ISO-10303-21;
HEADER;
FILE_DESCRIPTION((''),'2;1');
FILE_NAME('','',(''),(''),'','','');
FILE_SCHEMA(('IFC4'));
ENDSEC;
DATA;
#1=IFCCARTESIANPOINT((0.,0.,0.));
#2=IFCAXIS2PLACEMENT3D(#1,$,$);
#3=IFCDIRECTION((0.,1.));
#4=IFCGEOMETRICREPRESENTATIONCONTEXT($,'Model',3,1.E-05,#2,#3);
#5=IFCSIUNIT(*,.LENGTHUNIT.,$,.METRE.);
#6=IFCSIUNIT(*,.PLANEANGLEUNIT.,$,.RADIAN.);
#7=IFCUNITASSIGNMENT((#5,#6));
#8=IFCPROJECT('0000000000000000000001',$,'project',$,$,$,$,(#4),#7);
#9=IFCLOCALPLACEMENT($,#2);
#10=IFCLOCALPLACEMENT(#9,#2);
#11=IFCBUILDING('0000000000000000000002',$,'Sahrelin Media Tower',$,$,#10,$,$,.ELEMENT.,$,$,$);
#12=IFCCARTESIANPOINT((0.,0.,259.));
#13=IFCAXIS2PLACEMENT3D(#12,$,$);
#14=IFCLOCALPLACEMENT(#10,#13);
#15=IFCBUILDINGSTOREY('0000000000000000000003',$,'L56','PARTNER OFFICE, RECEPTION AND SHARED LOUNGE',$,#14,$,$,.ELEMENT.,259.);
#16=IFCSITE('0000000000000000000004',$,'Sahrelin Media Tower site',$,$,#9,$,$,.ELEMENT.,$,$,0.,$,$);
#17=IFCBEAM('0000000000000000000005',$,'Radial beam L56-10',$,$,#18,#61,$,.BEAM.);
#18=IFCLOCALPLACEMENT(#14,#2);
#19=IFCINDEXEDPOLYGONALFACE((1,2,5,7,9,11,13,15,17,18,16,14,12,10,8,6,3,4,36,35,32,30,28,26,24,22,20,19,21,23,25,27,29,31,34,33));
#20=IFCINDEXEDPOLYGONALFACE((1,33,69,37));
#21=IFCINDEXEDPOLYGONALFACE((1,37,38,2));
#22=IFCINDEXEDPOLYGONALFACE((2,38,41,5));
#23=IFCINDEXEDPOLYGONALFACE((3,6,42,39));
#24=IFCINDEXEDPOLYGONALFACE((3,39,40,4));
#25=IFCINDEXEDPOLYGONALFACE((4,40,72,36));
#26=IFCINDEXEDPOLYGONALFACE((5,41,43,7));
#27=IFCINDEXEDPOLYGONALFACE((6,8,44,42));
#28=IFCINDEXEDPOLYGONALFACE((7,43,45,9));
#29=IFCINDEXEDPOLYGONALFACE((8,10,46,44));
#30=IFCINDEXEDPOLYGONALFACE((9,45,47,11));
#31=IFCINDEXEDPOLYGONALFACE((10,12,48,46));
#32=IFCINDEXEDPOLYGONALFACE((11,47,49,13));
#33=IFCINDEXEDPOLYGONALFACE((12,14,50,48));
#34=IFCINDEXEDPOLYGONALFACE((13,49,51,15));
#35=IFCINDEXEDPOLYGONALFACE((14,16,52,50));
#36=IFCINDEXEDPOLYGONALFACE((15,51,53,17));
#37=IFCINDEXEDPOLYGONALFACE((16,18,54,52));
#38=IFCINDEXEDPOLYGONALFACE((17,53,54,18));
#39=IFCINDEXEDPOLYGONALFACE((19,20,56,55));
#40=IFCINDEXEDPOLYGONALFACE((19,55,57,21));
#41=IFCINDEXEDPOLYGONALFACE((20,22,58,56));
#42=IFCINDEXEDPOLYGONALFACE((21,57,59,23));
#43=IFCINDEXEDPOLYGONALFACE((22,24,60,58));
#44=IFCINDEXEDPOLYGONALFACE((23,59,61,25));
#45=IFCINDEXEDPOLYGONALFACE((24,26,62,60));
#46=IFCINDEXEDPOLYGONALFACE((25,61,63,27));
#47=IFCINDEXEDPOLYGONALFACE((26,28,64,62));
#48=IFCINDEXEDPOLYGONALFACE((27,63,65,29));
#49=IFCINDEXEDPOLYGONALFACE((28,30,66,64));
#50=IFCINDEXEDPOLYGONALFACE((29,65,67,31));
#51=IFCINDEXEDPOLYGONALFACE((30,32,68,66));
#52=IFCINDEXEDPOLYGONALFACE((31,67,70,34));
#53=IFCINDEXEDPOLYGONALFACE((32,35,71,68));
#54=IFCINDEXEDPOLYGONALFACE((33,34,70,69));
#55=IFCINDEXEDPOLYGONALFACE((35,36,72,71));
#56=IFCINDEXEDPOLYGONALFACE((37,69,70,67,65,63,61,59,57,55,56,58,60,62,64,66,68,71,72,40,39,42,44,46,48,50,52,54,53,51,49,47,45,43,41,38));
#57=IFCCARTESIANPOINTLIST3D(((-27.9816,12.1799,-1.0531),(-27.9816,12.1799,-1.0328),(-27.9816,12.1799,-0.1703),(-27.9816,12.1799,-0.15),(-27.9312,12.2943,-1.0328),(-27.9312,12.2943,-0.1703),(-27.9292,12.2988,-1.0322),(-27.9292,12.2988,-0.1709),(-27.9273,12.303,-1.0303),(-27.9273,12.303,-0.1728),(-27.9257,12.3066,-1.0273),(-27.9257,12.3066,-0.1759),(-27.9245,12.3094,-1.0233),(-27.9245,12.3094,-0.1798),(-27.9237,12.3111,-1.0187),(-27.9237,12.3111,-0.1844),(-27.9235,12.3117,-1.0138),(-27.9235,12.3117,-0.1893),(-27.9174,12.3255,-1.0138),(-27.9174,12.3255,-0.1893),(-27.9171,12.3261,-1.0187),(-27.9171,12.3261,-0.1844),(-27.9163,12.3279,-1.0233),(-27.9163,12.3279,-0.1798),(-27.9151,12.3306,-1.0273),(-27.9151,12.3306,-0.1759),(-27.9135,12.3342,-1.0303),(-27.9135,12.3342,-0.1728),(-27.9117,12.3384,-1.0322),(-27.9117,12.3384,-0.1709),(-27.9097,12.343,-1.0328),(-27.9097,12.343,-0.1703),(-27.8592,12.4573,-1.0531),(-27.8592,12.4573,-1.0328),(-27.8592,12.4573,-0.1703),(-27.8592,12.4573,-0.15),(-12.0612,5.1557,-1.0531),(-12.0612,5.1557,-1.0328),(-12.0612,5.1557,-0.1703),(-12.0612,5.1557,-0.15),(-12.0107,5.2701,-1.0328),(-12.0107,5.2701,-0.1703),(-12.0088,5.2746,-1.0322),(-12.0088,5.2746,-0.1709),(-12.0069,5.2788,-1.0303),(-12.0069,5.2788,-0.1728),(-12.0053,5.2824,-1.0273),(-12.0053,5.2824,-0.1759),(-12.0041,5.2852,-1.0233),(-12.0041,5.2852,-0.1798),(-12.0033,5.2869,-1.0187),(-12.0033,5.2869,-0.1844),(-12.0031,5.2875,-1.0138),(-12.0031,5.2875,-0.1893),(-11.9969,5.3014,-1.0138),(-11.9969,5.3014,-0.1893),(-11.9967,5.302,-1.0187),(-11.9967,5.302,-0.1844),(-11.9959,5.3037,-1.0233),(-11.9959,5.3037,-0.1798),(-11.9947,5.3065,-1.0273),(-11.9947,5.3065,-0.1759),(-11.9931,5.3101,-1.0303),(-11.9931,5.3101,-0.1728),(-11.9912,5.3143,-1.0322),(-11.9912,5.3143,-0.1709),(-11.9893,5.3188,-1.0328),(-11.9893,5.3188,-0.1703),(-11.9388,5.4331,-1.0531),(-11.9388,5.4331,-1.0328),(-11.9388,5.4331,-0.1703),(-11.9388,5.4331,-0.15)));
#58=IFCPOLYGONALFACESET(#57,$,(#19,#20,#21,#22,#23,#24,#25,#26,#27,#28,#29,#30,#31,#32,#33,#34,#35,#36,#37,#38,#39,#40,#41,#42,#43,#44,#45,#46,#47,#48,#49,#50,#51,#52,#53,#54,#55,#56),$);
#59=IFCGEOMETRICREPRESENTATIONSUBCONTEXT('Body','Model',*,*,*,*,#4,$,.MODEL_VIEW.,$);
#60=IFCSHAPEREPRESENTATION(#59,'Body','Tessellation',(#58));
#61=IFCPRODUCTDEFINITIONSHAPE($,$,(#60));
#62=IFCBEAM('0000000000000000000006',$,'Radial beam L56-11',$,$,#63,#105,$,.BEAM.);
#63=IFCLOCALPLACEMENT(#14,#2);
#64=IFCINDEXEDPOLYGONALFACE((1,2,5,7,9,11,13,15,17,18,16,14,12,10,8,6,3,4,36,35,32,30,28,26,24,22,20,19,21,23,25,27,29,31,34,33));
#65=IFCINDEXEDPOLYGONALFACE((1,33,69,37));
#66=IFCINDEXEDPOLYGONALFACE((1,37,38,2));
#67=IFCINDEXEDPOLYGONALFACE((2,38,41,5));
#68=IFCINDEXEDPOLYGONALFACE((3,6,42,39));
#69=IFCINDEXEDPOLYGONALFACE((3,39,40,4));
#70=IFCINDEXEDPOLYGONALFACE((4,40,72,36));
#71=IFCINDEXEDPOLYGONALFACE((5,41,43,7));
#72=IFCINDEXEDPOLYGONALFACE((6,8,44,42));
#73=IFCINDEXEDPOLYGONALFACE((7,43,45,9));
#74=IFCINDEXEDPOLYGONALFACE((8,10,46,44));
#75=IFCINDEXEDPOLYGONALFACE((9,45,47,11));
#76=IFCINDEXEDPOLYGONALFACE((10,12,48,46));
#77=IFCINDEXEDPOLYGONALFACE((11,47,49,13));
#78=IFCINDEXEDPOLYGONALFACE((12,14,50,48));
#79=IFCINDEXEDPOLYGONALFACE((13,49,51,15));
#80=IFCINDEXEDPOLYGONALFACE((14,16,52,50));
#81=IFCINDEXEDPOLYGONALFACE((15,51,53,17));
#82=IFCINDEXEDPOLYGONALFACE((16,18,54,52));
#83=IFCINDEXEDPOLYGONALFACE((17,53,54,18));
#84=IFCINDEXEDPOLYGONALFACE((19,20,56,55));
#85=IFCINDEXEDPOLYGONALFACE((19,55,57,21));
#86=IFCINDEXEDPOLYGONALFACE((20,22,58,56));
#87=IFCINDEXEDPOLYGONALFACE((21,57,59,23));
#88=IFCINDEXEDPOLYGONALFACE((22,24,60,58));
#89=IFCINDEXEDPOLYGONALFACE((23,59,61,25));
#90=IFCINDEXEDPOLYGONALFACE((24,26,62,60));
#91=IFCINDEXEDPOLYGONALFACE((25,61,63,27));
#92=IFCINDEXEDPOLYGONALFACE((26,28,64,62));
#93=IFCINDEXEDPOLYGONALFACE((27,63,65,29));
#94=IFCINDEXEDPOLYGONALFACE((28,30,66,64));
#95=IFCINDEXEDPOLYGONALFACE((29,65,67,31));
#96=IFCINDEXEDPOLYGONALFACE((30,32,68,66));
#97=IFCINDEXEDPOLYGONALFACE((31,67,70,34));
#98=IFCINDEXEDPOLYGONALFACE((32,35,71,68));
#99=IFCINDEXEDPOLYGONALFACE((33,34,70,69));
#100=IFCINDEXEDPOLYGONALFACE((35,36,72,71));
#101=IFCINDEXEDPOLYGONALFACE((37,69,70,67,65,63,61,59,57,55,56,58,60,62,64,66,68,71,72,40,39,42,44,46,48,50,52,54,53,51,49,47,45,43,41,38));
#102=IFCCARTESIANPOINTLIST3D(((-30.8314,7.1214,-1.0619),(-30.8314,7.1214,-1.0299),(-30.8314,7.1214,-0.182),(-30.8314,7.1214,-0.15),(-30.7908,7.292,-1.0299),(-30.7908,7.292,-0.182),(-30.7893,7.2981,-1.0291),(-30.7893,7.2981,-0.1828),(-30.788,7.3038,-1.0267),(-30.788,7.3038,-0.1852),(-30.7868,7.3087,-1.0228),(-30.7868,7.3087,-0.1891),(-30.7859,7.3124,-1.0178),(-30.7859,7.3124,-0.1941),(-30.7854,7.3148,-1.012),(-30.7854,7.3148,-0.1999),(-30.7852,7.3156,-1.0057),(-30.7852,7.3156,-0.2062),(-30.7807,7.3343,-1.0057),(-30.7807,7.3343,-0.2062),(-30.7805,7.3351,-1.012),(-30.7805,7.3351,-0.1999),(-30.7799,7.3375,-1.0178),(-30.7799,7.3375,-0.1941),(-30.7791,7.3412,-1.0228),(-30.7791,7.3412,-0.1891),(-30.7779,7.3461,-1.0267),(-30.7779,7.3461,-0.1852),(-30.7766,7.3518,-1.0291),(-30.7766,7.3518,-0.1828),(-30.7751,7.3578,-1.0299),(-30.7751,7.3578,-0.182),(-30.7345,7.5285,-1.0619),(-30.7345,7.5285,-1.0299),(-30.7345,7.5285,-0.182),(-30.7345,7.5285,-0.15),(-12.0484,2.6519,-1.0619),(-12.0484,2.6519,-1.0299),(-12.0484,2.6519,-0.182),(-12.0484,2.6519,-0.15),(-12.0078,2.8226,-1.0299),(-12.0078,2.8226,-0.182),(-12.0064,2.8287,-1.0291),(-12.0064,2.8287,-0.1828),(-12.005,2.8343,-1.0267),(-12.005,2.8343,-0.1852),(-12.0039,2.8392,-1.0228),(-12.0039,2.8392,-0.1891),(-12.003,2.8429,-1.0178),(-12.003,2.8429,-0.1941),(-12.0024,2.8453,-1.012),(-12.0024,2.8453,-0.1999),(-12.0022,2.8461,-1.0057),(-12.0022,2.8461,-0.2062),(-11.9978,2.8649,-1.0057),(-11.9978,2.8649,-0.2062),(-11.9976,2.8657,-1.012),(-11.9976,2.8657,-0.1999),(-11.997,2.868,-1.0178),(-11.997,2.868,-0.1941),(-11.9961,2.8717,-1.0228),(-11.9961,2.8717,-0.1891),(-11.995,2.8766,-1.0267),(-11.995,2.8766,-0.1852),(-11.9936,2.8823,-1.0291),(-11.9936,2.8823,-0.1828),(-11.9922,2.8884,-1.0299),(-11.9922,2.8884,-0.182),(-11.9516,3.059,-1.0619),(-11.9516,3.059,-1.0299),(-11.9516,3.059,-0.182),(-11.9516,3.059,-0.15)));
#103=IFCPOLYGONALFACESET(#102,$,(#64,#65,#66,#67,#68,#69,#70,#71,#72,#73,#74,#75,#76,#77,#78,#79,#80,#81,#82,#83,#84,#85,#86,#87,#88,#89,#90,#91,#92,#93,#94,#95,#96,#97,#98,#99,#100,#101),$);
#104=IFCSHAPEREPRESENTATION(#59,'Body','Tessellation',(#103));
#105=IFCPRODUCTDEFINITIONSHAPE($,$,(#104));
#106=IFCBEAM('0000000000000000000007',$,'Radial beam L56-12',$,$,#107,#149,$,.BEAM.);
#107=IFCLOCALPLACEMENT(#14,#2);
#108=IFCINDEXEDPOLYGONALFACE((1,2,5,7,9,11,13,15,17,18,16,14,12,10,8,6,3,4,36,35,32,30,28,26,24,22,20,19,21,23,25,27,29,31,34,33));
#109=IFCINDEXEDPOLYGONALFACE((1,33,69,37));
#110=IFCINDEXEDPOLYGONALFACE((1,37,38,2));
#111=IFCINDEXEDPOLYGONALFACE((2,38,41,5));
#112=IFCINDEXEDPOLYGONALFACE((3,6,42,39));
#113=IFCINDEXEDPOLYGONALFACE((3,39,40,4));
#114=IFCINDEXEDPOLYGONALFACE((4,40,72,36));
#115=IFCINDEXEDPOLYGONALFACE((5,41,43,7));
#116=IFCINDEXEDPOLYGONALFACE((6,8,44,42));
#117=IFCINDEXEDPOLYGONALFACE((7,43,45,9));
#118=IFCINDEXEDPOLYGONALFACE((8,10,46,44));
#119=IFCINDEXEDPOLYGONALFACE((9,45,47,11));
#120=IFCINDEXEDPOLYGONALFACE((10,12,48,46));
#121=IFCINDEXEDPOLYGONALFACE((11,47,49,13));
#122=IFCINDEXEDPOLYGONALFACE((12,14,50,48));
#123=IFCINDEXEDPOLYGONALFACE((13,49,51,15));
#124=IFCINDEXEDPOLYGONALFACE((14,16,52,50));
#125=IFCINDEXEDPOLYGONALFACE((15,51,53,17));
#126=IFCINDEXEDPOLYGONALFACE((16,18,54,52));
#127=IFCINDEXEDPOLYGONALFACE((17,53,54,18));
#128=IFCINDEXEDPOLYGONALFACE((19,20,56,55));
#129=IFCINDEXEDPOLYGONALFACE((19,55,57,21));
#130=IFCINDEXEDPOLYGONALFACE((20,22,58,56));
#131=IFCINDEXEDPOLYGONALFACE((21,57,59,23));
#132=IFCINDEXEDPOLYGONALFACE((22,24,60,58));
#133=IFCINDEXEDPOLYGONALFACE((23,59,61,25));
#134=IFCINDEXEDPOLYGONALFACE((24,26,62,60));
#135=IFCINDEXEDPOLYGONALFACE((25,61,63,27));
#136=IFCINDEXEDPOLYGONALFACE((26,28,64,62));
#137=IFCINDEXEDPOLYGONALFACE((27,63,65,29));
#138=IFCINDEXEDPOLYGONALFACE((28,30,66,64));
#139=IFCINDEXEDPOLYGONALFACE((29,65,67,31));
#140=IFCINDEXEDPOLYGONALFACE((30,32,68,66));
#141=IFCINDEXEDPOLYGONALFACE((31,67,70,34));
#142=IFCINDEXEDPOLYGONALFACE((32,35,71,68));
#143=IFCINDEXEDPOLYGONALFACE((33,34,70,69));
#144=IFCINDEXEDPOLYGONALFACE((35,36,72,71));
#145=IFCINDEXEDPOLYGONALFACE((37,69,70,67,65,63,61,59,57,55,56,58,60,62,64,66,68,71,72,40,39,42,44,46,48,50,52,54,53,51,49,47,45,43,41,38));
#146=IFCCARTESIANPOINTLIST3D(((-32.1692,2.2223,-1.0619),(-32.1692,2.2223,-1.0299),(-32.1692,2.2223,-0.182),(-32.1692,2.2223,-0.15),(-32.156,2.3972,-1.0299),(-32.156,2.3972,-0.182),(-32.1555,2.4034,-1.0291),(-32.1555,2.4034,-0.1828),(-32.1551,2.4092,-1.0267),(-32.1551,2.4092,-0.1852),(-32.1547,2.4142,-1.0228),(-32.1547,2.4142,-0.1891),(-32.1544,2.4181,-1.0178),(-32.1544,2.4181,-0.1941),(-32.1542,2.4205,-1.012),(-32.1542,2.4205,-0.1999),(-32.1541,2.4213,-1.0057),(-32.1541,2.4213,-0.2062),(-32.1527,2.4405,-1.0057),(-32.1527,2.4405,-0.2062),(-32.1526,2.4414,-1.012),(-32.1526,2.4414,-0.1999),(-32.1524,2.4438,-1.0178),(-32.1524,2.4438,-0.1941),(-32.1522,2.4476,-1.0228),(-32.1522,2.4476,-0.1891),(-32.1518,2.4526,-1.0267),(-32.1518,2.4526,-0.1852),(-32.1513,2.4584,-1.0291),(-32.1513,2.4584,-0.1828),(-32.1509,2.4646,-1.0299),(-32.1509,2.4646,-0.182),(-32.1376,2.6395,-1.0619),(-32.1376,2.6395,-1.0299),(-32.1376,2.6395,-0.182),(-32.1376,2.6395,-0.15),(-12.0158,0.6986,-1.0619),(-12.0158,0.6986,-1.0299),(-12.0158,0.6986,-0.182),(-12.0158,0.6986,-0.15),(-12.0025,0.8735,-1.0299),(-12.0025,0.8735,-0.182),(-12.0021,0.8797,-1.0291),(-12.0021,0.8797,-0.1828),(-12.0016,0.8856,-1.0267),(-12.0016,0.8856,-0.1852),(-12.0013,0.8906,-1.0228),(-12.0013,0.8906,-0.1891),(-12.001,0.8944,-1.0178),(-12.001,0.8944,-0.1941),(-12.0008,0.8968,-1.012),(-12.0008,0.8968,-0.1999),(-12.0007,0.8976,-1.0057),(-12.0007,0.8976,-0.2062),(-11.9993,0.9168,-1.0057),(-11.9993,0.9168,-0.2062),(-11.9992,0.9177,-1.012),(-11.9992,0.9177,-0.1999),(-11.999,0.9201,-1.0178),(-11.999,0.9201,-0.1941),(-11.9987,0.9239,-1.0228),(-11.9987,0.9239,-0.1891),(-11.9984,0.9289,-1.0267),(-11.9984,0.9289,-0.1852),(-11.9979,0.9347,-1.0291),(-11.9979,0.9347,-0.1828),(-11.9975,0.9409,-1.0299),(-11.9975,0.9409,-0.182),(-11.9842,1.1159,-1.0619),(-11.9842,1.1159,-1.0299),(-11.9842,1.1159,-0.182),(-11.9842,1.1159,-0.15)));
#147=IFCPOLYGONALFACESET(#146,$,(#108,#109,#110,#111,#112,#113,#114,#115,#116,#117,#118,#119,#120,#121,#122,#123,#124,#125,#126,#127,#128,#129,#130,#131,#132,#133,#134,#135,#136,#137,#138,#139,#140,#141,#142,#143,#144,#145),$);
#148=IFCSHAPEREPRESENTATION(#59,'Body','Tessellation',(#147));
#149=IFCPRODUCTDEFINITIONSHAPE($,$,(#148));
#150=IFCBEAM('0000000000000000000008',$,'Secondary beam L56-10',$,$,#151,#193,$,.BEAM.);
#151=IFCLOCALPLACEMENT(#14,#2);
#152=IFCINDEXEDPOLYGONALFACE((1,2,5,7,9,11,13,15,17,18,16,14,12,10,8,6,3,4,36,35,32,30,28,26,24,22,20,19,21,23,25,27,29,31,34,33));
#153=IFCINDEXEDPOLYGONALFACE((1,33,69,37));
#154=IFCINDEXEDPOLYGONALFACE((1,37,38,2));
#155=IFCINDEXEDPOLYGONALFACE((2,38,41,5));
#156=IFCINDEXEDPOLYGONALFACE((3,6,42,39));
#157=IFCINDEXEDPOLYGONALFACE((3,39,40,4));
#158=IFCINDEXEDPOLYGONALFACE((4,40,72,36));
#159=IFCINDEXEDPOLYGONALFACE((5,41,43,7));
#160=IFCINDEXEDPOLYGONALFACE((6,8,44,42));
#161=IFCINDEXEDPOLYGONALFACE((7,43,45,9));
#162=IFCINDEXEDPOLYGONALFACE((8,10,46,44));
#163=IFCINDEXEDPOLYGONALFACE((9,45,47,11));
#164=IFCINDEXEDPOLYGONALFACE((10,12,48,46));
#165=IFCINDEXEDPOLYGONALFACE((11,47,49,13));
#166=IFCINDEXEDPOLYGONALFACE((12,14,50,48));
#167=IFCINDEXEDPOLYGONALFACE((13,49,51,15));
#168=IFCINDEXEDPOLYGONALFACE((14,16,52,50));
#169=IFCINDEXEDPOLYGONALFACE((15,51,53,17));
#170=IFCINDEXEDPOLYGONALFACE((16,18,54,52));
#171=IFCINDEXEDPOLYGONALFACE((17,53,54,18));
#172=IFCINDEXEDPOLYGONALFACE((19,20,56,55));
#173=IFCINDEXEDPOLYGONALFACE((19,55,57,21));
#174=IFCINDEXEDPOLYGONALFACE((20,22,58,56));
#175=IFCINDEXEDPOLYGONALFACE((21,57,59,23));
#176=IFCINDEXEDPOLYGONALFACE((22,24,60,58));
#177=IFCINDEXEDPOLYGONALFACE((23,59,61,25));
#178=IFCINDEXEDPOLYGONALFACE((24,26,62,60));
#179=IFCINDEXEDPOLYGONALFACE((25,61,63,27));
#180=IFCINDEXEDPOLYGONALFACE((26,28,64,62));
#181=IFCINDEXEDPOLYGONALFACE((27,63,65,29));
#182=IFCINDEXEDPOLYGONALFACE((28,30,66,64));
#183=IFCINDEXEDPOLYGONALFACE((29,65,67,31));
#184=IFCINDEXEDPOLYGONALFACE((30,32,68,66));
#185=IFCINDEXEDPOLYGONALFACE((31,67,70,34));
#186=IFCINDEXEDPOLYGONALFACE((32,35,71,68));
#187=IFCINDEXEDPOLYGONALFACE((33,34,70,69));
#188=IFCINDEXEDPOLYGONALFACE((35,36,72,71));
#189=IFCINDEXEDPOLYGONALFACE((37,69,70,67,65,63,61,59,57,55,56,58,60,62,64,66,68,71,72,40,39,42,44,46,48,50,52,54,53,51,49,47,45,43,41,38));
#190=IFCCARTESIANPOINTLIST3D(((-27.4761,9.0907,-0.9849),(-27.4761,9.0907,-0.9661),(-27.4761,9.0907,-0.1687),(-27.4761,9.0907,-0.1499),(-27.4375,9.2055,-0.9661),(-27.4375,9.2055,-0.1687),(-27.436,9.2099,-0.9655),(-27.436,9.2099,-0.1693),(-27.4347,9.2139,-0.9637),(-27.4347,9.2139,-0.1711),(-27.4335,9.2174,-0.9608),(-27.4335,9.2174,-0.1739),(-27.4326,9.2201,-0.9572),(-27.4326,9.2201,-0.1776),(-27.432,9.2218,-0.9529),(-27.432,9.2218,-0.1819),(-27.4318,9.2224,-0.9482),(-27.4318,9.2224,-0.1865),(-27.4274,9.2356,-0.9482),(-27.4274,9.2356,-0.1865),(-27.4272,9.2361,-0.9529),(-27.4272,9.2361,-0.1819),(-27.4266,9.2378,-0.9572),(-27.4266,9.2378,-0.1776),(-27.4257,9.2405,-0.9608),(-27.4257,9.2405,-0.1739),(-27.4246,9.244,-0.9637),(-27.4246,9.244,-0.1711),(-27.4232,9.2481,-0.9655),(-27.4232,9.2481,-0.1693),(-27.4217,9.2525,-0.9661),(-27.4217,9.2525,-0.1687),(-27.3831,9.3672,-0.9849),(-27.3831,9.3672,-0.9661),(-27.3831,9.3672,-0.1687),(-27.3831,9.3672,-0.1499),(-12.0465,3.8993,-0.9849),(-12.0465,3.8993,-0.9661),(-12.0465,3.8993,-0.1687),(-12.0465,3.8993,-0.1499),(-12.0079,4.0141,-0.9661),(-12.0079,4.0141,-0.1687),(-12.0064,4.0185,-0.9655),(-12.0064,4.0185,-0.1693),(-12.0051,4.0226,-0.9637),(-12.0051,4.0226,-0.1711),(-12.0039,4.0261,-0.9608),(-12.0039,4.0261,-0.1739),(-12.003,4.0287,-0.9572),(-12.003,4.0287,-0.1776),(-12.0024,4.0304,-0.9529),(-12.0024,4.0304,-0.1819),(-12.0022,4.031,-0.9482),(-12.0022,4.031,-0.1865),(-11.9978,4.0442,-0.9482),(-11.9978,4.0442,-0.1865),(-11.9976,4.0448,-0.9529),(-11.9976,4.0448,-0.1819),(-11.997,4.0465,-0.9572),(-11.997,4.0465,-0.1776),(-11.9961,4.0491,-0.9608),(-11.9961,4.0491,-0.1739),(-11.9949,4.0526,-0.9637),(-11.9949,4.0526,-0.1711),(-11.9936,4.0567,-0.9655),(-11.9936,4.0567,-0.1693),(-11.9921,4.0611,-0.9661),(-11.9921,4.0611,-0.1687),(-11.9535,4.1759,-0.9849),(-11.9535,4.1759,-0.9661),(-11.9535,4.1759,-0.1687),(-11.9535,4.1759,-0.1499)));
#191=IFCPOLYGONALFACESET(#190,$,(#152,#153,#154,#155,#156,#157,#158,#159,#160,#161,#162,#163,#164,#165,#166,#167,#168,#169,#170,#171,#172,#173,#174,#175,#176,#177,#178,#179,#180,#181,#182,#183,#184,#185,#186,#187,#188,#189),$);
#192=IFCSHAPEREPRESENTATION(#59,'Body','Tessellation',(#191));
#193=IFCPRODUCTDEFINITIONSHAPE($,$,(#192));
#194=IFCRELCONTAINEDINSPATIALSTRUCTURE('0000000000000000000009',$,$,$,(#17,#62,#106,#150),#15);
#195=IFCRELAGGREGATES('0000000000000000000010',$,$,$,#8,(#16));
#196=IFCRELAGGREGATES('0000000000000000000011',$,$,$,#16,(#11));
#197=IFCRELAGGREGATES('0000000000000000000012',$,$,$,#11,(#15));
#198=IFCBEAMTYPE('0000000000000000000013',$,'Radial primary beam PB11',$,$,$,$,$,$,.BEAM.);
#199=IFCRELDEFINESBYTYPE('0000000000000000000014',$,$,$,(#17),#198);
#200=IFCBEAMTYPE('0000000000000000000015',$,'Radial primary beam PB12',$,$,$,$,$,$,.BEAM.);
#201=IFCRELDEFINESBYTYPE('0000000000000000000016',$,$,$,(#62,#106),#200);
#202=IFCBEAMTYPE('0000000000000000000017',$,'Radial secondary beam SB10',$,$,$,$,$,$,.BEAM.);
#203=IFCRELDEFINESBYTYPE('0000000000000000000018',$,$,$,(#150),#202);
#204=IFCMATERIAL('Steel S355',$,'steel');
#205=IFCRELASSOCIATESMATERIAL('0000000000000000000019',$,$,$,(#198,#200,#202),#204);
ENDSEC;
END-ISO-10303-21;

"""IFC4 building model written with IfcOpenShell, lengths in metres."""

from ifc_helpers import new_model, si_unit, direction, frame, origin, origin_2d, place, context, subcontext, project, spatial, i_section, extrude, material, material_profile, profile_set, type_object, element, save


model = new_model("IFC4")

# Units and contexts
model_context = context("Model", 3, precision=1e-05, world=origin(), true_north=direction((0.0, 1.0)))
body_context = subcontext(model_context, "Body", "Model", "MODEL_VIEW")
ifc_project = project(units=[si_unit("LENGTHUNIT", "METRE"), si_unit("PLANEANGLEUNIT", "RADIAN")], contexts=[model_context])

# Site, building, storey
site_placement = place(None, origin())
site = spatial("IfcSite", under=ifc_project, at=site_placement, Name="Sahrelin Media Tower site", CompositionType="ELEMENT", RefElevation=0.0)
building_placement = place(site_placement, origin())
building = spatial("IfcBuilding", under=site, at=building_placement, Name="Sahrelin Media Tower", CompositionType="ELEMENT")
storey_placement = place(building_placement, frame((0.0, 0.0, 259.0)))
storey = spatial("IfcBuildingStorey", under=building, at=storey_placement, Name="L56", Description="PARTNER OFFICE, RECEPTION AND SHARED LOUNGE", CompositionType="ELEMENT", Elevation=259.0)

# Beams
ifc_material_1 = material(Name="Steel S355", Category="steel")
ifc_material_profile_1 = material_profile(ifc_material_1, i_section(OverallWidth=0.3032, OverallDepth=0.9031, WebThickness=0.0151, FlangeThickness=0.0203, FilletRadius=0.019, at=origin_2d()), Name="UB 914x305x201")
ifc_profile_set_1 = profile_set([ifc_material_profile_1], Name="Steel S355")
beam_type_1 = type_object("IfcBeamType", Name="Radial primary beam PB11", PredefinedType="BEAM", material=ifc_profile_set_1)
beam_1_placement = place(storey_placement, frame((-12.0, 5.2944, -0.6016), z_axis=(-0.914908, 0.403662, 0.0), x_axis=(-0.403662, -0.914908, 0.0)))
element("IfcBeam", 1, at=beam_1_placement, inside=storey, type_object=beam_type_1, Name="Radial beam L56-10", PredefinedType="BEAM", context=body_context, shape_type="SweptSolid", body=[
    extrude(i_section(OverallWidth=0.3032, OverallDepth=0.9031, WebThickness=0.0151, FlangeThickness=0.0203, FilletRadius=0.019, at=origin_2d()), origin(), (0.0, 0.0, 1.0), 17.4011),
])
ifc_material_profile_2 = material_profile(ifc_material_1, i_section(OverallWidth=0.4185, OverallDepth=0.9119, WebThickness=0.0193, FlangeThickness=0.032, FilletRadius=0.0242, at=origin_2d()), Name="UB 914x419x343")
ifc_profile_set_2 = profile_set([ifc_material_profile_2], Name="Steel S355")
beam_type_2 = type_object("IfcBeamType", Name="Radial primary beam PB12", PredefinedType="BEAM", material=ifc_profile_set_2)
beam_2_placement = place(storey_placement, frame((-12.0, 2.8555, -0.606), z_axis=(-0.972837, 0.231491, 0.0), x_axis=(-0.231491, -0.972837, 0.0)))
element("IfcBeam", 2, at=beam_2_placement, inside=storey, type_object=beam_type_2, Name="Radial beam L56-11", PredefinedType="BEAM", context=body_context, shape_type="SweptSolid", body=[
    extrude(i_section(OverallWidth=0.4185, OverallDepth=0.9119, WebThickness=0.0193, FlangeThickness=0.032, FilletRadius=0.0242, at=origin_2d()), origin(), (0.0, 0.0, 1.0), 19.3074),
])
beam_3_placement = place(storey_placement, frame((-12.0, 0.9072, -0.606), z_axis=(-0.997154, 0.075389, 0.0), x_axis=(-0.075389, -0.997154, 0.0)))
element("IfcBeam", 3, at=beam_3_placement, inside=storey, type_object=beam_type_2, Name="Radial beam L56-12", PredefinedType="BEAM", context=body_context, shape_type="SweptSolid", body=[
    extrude(i_section(OverallWidth=0.4185, OverallDepth=0.9119, WebThickness=0.0193, FlangeThickness=0.032, FilletRadius=0.0242, at=origin_2d()), origin(), (0.0, 0.0, 1.0), 20.2109),
])
ifc_material_profile_3 = material_profile(ifc_material_1, i_section(OverallWidth=0.2917, OverallDepth=0.835, WebThickness=0.0139, FlangeThickness=0.0188, FilletRadius=0.0178, at=origin_2d()), Name="UB 838x292x176")
ifc_profile_set_3 = profile_set([ifc_material_profile_3], Name="Steel S355")
beam_type_3 = type_object("IfcBeamType", Name="Radial secondary beam SB10", PredefinedType="BEAM", material=ifc_profile_set_3)
beam_4_placement = place(storey_placement, frame((-12.0, 4.0376, -0.5674), z_axis=(-0.947792, 0.31889, 0.0), x_axis=(-0.31889, -0.947792, 0.0)))
element("IfcBeam", 4, at=beam_4_placement, inside=storey, type_object=beam_type_3, Name="Secondary beam L56-10", PredefinedType="BEAM", context=body_context, shape_type="SweptSolid", body=[
    extrude(i_section(OverallWidth=0.2917, OverallDepth=0.835, WebThickness=0.0139, FlangeThickness=0.0188, FilletRadius=0.0178, at=origin_2d()), origin(), (0.0, 0.0, 1.0), 16.2795),
])

save(model, "model.ifc")
